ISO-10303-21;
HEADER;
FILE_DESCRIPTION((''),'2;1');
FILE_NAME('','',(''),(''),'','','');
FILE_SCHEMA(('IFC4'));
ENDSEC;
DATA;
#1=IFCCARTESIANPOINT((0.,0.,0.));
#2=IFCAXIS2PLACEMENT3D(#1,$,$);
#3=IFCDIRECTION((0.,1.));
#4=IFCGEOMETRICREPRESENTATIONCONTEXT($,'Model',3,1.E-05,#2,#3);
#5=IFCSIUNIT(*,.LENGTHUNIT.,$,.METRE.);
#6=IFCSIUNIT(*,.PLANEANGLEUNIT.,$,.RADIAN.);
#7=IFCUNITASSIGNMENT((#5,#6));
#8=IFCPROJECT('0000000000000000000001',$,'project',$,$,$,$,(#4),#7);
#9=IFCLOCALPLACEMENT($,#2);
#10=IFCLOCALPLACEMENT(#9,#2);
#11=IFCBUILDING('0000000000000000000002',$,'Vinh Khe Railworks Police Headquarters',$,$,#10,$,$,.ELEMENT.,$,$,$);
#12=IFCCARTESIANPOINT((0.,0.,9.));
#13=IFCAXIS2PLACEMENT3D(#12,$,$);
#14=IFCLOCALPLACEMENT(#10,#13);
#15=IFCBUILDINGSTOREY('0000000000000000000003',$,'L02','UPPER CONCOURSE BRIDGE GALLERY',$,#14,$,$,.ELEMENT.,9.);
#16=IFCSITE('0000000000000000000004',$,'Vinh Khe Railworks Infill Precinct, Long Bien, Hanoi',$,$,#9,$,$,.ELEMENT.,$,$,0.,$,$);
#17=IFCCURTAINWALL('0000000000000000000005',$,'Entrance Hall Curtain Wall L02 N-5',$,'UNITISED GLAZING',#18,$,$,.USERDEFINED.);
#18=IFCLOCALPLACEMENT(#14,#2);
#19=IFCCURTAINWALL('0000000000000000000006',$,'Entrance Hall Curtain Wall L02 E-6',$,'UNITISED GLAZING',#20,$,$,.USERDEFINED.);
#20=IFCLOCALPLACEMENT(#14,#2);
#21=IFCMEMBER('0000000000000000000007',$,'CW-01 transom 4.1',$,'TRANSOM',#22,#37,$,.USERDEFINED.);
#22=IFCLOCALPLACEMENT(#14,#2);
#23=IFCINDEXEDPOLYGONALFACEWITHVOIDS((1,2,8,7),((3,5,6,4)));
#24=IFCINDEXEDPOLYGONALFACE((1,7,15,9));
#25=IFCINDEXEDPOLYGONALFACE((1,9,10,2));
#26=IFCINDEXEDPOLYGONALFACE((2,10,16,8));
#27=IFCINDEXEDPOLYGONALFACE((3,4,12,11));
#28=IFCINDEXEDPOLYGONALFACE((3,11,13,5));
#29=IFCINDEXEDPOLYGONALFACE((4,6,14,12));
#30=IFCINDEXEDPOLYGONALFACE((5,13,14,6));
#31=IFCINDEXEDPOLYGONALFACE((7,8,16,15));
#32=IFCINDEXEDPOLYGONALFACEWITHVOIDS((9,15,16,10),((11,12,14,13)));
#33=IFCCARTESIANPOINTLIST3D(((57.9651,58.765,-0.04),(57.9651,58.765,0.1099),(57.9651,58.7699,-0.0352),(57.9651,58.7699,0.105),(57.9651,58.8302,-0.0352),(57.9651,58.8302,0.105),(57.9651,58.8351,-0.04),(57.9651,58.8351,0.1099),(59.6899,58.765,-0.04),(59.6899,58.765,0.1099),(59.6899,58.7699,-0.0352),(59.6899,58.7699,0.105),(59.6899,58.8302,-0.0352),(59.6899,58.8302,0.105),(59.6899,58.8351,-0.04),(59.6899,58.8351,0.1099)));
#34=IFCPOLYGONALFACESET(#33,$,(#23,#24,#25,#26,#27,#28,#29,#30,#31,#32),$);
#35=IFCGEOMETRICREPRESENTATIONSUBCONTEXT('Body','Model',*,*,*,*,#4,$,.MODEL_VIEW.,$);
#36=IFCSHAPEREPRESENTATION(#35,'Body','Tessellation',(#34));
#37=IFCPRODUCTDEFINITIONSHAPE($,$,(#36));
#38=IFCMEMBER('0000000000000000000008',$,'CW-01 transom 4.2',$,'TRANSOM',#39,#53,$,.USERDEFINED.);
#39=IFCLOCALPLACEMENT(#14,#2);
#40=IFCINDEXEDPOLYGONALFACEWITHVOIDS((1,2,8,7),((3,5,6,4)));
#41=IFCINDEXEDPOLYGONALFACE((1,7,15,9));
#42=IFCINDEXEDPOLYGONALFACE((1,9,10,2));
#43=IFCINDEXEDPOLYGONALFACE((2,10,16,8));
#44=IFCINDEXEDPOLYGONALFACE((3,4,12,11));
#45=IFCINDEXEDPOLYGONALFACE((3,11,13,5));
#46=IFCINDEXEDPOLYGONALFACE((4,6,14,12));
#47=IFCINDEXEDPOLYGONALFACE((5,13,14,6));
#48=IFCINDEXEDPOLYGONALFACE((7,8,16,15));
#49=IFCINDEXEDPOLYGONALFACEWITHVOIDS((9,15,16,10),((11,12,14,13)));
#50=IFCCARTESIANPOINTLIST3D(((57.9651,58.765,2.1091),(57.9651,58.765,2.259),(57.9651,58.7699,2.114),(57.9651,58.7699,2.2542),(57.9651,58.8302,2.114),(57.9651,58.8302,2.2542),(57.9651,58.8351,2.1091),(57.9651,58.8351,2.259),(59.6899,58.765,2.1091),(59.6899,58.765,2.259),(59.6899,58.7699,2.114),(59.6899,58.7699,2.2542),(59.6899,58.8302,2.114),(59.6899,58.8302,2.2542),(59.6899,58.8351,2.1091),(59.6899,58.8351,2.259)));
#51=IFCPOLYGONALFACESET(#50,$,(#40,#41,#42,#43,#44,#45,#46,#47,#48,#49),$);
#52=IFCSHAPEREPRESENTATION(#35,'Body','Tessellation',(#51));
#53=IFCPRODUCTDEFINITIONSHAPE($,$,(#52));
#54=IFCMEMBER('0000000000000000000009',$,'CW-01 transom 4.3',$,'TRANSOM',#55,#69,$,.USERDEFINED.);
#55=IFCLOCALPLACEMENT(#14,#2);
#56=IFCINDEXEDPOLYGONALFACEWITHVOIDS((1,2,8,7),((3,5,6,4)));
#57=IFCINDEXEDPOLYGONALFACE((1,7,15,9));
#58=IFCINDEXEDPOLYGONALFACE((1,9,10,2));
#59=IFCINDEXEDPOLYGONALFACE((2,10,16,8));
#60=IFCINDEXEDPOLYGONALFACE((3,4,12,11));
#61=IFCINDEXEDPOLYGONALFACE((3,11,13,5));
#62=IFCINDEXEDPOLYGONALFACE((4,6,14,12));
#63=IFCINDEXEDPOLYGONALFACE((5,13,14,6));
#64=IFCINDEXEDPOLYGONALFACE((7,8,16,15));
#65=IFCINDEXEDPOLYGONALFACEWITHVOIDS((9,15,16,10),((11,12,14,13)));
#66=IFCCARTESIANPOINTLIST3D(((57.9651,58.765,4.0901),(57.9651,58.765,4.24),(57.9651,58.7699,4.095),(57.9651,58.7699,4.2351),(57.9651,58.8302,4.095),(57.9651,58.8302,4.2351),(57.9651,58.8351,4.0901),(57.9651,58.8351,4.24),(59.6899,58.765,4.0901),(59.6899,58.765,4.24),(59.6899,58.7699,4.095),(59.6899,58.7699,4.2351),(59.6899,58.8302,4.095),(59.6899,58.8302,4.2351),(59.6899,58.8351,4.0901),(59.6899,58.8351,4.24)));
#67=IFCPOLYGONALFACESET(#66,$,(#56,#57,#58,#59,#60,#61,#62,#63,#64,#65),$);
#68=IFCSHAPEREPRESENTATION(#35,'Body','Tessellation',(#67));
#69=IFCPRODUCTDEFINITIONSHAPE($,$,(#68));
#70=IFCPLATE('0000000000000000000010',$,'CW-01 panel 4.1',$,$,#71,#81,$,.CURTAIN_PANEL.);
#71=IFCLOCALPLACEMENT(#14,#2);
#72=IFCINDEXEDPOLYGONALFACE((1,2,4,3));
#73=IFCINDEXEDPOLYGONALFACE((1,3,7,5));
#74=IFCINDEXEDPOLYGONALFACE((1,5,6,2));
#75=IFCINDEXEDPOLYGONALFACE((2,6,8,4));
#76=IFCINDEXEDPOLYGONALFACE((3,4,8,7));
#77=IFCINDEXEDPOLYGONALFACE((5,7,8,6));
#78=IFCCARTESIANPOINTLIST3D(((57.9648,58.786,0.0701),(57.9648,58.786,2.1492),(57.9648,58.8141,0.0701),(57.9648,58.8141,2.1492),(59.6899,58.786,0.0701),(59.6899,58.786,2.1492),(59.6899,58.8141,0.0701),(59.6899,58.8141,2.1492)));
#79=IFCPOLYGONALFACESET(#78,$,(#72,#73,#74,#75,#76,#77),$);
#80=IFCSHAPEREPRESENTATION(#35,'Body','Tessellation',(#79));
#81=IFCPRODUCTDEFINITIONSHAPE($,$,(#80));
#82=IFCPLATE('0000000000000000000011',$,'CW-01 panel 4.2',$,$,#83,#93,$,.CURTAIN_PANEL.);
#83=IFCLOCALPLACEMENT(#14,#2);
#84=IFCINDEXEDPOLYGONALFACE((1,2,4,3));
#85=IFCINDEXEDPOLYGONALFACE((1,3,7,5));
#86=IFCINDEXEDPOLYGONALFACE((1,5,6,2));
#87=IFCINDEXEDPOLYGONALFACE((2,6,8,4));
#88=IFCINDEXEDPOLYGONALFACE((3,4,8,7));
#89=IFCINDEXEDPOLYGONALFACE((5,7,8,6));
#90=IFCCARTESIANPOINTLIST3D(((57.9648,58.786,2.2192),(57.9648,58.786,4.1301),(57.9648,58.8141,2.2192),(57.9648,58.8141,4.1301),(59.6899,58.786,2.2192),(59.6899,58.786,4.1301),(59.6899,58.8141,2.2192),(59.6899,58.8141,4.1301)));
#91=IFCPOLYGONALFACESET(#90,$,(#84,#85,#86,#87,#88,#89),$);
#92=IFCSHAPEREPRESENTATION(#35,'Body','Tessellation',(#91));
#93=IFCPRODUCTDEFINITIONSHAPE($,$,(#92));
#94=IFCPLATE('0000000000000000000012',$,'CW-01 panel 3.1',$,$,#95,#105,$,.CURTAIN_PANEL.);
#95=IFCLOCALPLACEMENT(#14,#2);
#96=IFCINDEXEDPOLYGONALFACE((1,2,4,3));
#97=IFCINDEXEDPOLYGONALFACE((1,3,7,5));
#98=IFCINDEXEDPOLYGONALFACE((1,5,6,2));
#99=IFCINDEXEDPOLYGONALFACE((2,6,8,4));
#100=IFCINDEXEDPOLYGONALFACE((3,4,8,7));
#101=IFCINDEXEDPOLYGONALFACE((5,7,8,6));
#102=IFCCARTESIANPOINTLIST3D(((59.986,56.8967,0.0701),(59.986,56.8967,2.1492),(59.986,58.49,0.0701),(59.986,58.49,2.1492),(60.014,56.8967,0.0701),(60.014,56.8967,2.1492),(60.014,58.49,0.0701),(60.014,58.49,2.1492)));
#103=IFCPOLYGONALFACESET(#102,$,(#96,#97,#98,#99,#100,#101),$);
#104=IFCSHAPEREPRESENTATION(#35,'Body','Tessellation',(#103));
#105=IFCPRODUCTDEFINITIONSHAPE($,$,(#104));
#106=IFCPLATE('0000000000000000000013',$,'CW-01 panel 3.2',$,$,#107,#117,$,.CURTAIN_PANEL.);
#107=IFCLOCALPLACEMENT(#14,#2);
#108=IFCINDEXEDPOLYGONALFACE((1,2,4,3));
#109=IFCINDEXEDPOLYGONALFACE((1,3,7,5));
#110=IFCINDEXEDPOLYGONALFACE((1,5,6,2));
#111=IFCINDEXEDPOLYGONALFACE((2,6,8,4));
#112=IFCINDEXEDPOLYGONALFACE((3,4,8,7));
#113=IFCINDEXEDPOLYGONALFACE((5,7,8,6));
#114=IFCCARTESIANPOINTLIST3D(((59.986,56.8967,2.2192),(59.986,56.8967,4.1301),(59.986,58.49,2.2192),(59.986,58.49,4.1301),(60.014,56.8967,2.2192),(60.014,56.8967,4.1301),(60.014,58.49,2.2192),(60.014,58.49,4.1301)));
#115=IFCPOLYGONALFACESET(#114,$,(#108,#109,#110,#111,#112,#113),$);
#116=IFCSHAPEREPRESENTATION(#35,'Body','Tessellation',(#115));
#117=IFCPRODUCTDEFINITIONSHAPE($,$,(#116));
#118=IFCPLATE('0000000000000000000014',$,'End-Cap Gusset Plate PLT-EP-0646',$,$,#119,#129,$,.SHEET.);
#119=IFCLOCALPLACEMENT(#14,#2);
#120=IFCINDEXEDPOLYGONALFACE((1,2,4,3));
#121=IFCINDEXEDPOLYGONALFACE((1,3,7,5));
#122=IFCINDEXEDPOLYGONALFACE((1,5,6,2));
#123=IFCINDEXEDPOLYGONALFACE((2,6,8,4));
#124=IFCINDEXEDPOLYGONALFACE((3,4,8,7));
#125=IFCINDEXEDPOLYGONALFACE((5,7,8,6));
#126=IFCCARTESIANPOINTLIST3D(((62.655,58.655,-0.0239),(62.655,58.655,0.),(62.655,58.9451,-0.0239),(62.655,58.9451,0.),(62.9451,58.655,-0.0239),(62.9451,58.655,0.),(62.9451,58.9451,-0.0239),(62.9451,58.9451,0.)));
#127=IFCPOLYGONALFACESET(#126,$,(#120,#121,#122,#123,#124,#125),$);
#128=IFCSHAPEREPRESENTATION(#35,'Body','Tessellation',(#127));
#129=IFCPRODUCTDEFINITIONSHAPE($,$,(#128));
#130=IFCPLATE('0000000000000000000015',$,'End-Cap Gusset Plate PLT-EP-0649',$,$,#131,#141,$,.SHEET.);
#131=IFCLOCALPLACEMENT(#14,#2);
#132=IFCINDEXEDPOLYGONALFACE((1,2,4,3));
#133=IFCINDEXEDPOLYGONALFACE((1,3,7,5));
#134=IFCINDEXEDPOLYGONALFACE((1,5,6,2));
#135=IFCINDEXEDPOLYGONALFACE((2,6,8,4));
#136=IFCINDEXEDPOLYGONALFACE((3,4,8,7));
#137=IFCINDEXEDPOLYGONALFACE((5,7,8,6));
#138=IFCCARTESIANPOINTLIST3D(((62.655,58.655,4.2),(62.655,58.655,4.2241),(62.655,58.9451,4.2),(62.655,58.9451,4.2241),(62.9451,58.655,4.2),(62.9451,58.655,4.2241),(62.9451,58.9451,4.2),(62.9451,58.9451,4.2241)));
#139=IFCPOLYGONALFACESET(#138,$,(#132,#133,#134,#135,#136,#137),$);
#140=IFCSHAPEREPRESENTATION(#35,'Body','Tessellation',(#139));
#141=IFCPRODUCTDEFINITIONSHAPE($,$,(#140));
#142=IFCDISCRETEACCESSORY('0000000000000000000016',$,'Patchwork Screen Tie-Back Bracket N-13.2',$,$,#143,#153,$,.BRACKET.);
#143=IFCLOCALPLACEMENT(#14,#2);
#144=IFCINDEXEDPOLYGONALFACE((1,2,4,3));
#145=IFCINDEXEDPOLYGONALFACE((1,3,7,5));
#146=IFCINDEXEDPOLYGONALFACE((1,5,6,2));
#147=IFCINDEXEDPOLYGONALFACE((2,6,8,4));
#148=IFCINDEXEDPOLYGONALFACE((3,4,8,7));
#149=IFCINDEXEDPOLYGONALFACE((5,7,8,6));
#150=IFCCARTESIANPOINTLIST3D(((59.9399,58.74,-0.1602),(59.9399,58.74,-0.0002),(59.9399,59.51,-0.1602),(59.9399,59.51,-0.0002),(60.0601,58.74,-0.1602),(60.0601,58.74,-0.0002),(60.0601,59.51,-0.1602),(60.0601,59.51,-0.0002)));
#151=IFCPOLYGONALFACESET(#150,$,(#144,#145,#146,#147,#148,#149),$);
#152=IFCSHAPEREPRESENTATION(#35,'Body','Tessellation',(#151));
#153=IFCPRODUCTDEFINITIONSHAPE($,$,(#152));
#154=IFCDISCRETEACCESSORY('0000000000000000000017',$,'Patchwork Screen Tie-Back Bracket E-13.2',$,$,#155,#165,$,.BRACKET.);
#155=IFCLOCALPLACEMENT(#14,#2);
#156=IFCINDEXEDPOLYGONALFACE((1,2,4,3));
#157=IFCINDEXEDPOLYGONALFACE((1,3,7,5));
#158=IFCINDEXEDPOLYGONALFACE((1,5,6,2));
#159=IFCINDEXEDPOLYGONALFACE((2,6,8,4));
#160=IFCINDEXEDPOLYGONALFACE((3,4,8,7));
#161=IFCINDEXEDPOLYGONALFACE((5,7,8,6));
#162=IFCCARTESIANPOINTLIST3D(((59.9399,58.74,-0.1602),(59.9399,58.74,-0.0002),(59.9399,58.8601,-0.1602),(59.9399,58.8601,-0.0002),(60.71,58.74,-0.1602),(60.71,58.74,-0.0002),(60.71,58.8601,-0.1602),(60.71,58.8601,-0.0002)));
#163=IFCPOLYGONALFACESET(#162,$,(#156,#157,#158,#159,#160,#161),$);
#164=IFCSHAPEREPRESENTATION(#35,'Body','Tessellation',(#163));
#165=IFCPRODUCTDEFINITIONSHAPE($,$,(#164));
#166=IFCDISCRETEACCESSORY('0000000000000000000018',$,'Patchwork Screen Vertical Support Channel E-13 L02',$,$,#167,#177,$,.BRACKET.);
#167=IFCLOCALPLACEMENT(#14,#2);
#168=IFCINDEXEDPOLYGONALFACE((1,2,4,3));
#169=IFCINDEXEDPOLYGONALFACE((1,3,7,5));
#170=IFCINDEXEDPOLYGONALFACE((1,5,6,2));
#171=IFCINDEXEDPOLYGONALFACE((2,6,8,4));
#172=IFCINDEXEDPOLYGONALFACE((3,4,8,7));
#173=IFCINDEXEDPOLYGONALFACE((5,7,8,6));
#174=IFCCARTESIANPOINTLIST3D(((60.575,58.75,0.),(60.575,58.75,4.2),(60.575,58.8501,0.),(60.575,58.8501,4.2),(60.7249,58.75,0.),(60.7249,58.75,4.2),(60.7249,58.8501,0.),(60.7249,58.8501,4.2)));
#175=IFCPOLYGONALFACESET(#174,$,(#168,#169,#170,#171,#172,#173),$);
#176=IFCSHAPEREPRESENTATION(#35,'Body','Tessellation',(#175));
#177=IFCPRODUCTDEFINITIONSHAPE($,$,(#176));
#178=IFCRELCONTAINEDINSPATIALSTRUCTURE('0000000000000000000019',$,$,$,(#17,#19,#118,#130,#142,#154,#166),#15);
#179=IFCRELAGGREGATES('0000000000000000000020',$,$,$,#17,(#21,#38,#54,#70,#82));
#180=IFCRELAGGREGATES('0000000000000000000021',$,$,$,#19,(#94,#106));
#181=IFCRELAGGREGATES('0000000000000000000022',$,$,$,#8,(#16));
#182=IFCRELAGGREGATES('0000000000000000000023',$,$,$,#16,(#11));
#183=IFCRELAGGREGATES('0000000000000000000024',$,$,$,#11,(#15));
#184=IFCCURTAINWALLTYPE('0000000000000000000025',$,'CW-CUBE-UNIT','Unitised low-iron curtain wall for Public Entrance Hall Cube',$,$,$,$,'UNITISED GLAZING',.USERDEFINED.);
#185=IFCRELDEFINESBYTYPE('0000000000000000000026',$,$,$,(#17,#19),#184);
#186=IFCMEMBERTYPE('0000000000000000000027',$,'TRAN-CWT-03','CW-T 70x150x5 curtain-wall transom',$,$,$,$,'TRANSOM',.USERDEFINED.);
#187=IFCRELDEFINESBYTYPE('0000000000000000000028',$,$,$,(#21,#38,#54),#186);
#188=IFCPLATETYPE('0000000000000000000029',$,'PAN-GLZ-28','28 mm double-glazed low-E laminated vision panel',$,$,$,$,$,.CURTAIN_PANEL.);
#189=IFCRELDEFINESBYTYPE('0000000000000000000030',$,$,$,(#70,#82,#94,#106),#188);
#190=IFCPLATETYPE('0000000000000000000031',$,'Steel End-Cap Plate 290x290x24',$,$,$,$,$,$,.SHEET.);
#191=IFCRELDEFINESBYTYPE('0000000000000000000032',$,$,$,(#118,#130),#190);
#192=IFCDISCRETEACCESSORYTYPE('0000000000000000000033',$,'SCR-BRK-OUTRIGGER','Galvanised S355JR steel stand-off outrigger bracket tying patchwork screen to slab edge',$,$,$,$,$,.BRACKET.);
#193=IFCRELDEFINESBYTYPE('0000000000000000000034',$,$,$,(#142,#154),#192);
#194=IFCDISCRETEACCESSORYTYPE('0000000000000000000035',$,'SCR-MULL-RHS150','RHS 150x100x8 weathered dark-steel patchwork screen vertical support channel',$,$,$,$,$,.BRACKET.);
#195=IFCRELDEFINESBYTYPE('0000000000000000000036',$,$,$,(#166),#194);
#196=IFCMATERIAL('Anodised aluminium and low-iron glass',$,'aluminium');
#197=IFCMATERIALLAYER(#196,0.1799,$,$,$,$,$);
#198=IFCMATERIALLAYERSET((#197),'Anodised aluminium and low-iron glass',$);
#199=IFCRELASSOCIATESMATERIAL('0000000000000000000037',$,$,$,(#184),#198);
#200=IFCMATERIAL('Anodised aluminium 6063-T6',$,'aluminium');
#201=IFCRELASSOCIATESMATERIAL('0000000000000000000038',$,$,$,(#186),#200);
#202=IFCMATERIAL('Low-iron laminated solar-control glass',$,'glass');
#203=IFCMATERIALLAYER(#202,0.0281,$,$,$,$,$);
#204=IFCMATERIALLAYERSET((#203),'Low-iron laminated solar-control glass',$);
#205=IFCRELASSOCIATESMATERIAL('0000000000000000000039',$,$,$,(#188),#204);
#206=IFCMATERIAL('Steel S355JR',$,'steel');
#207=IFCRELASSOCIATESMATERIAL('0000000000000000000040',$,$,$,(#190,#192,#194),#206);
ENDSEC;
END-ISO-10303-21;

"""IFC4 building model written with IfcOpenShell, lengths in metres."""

from ifc_helpers import new_model, si_unit, direction, frame, origin, origin_2d, place, context, subcontext, project, spatial, rectangle, hollow_rectangle, extrude, material, layer, layer_set, material_profile, profile_set, type_object, element, aggregate, save


model = new_model("IFC4")

# Units and contexts
model_context = context("Model", 3, precision=1e-05, world=origin(), true_north=direction((0.0, 1.0)))
body_context = subcontext(model_context, "Body", "Model", "MODEL_VIEW")
ifc_project = project(units=[si_unit("LENGTHUNIT", "METRE"), si_unit("PLANEANGLEUNIT", "RADIAN")], contexts=[model_context])

# Site, building, storey
site_placement = place(None, origin())
site = spatial("IfcSite", under=ifc_project, at=site_placement, Name="Vinh Khe Railworks Infill Precinct, Long Bien, Hanoi", CompositionType="ELEMENT", RefElevation=0.0)
building_placement = place(site_placement, origin())
building = spatial("IfcBuilding", under=site, at=building_placement, Name="Vinh Khe Railworks Police Headquarters", CompositionType="ELEMENT")
storey_placement = place(building_placement, frame((0.0, 0.0, 9.0)))
storey = spatial("IfcBuildingStorey", under=building, at=storey_placement, Name="L02", Description="UPPER CONCOURSE BRIDGE GALLERY", CompositionType="ELEMENT", Elevation=9.0)

# Shared definitions
ifc_material_1 = material(Name="Steel S355JR", Category="steel")

# Curtain wall
ifc_material_2 = material(Name="Anodised aluminium and low-iron glass", Category="aluminium")
ifc_layer_1 = layer(ifc_material_2, 0.1799)
ifc_layer_set_1 = layer_set([ifc_layer_1], Name="Anodised aluminium and low-iron glass")
curtain_wall_type = type_object("IfcCurtainWallType", Name="CW-CUBE-UNIT", Description="Unitised low-iron curtain wall for Public Entrance Hall Cube", ElementType="UNITISED GLAZING", PredefinedType="USERDEFINED", material=ifc_layer_set_1)
curtain_wall_1_placement = place(storey_placement, origin())
curtain_wall_1 = element("IfcCurtainWall", 1, at=curtain_wall_1_placement, inside=storey, type_object=curtain_wall_type, Name="Entrance Hall Curtain Wall L02 N-5", ObjectType="UNITISED GLAZING", PredefinedType="USERDEFINED")
ifc_material_3 = material(Name="Anodised aluminium 6063-T6", Category="aluminium")

# Curtain wall
curtain_wall_2_placement = place(storey_placement, origin())
curtain_wall_2 = element("IfcCurtainWall", 2, at=curtain_wall_2_placement, inside=storey, type_object=curtain_wall_type, Name="Entrance Hall Curtain Wall L02 E-6", ObjectType="UNITISED GLAZING", PredefinedType="USERDEFINED")

# Members
ifc_material_profile_1 = material_profile(ifc_material_3, hollow_rectangle(XDim=0.0701, YDim=0.1499, WallThickness=0.0049, at=origin_2d()), Name="CW-T 70x150x5")
ifc_profile_set_1 = profile_set([ifc_material_profile_1], Name="Anodised aluminium 6063-T6")
member_type_1 = type_object("IfcMemberType", Name="TRAN-CWT-03", Description="CW-T 70x150x5 curtain-wall transom", ElementType="TRANSOM", PredefinedType="USERDEFINED", material=ifc_profile_set_1)
member_1_placement = place(storey_placement, frame((57.9651, 58.8, 0.0349), z_axis=(1.0, 0.0, 0.0), x_axis=(0.0, 1.0, 0.0)))
member_1 = element("IfcMember", 3, at=member_1_placement, type_object=member_type_1, Name="CW-01 transom 4.1", ObjectType="TRANSOM", PredefinedType="USERDEFINED", context=body_context, shape_type="SweptSolid", body=[
    extrude(hollow_rectangle(XDim=0.0701, YDim=0.1499, WallThickness=0.0049, at=origin_2d()), origin(), (0.0, 0.0, 1.0), 1.7249),
])
member_2_placement = place(storey_placement, frame((57.9651, 58.8, 2.1841), z_axis=(1.0, 0.0, 0.0), x_axis=(0.0, 1.0, 0.0)))
member_2 = element("IfcMember", 4, at=member_2_placement, type_object=member_type_1, Name="CW-01 transom 4.2", ObjectType="TRANSOM", PredefinedType="USERDEFINED", context=body_context, shape_type="SweptSolid", body=[
    extrude(hollow_rectangle(XDim=0.0701, YDim=0.1499, WallThickness=0.0049, at=origin_2d()), origin(), (0.0, 0.0, 1.0), 1.7249),
])
member_3_placement = place(storey_placement, frame((57.9651, 58.8, 4.165), z_axis=(1.0, 0.0, 0.0), x_axis=(0.0, 1.0, 0.0)))
member_3 = element("IfcMember", 5, at=member_3_placement, type_object=member_type_1, Name="CW-01 transom 4.3", ObjectType="TRANSOM", PredefinedType="USERDEFINED", context=body_context, shape_type="SweptSolid", body=[
    extrude(hollow_rectangle(XDim=0.0701, YDim=0.1499, WallThickness=0.0049, at=origin_2d()), origin(), (0.0, 0.0, 1.0), 1.7249),
])

# Plates
ifc_material_4 = material(Name="Low-iron laminated solar-control glass", Category="glass")
ifc_layer_2 = layer(ifc_material_4, 0.0281)
ifc_layer_set_2 = layer_set([ifc_layer_2], Name="Low-iron laminated solar-control glass")
plate_type_1 = type_object("IfcPlateType", Name="PAN-GLZ-28", Description="28 mm double-glazed low-E laminated vision panel", PredefinedType="CURTAIN_PANEL", material=ifc_layer_set_2)
plate_1_placement = place(storey_placement, frame((58.8274, 58.8, 0.0701), z_axis=(0.0, 0.0, 1.0), x_axis=(1.0, 0.0, 0.0)))
plate_1 = element("IfcPlate", 6, at=plate_1_placement, type_object=plate_type_1, Name="CW-01 panel 4.1", PredefinedType="CURTAIN_PANEL", context=body_context, shape_type="SweptSolid", body=[
    extrude(rectangle(XDim=1.7251, YDim=0.0281, at=origin_2d()), origin(), (0.0, 0.0, 1.0), 2.0791),
])
plate_2_placement = place(storey_placement, frame((58.8274, 58.8, 2.2192), z_axis=(0.0, 0.0, 1.0), x_axis=(1.0, 0.0, 0.0)))
plate_2 = element("IfcPlate", 7, at=plate_2_placement, type_object=plate_type_1, Name="CW-01 panel 4.2", PredefinedType="CURTAIN_PANEL", context=body_context, shape_type="SweptSolid", body=[
    extrude(rectangle(XDim=1.7251, YDim=0.0281, at=origin_2d()), origin(), (0.0, 0.0, 1.0), 1.9109),
])
aggregate(curtain_wall_1, [member_1, member_2, member_3, plate_1, plate_2])
plate_3_placement = place(storey_placement, frame((60.0, 57.6934, 0.0701), z_axis=(0.0, 0.0, 1.0), x_axis=(0.0, 1.0, 0.0)))
plate_3 = element("IfcPlate", 8, at=plate_3_placement, type_object=plate_type_1, Name="CW-01 panel 3.1", PredefinedType="CURTAIN_PANEL", context=body_context, shape_type="SweptSolid", body=[
    extrude(rectangle(XDim=1.5933, YDim=0.0281, at=origin_2d()), origin(), (0.0, 0.0, 1.0), 2.0791),
])
plate_4_placement = place(storey_placement, frame((60.0, 57.6934, 2.2192), z_axis=(0.0, 0.0, 1.0), x_axis=(0.0, 1.0, 0.0)))
plate_4 = element("IfcPlate", 9, at=plate_4_placement, type_object=plate_type_1, Name="CW-01 panel 3.2", PredefinedType="CURTAIN_PANEL", context=body_context, shape_type="SweptSolid", body=[
    extrude(rectangle(XDim=1.5933, YDim=0.0281, at=origin_2d()), origin(), (0.0, 0.0, 1.0), 1.9109),
])
aggregate(curtain_wall_2, [plate_3, plate_4])

# Plates
ifc_material_profile_2 = material_profile(ifc_material_1, rectangle(XDim=0.29, YDim=0.29, at=origin_2d()), Name="PL 290x290")
ifc_profile_set_2 = profile_set([ifc_material_profile_2], Name="Steel S355JR")
plate_type_2 = type_object("IfcPlateType", Name="Steel End-Cap Plate 290x290x24", PredefinedType="SHEET", material=ifc_profile_set_2)
plate_5_placement = place(storey_placement, frame((62.8, 58.8, 0.0), z_axis=(0.0, 0.0, -1.0), x_axis=(1.0, 0.0, 0.0)))
element("IfcPlate", 10, at=plate_5_placement, inside=storey, type_object=plate_type_2, Name="End-Cap Gusset Plate PLT-EP-0646", PredefinedType="SHEET", context=body_context, shape_type="SweptSolid", body=[
    extrude(rectangle(XDim=0.29, YDim=0.29, at=origin_2d()), origin(), (0.0, 0.0, 1.0), 0.0239),
])
plate_6_placement = place(storey_placement, frame((62.8, 58.8, 4.2), z_axis=(0.0, 0.0, 1.0), x_axis=(1.0, 0.0, 0.0)))
element("IfcPlate", 11, at=plate_6_placement, inside=storey, type_object=plate_type_2, Name="End-Cap Gusset Plate PLT-EP-0649", PredefinedType="SHEET", context=body_context, shape_type="SweptSolid", body=[
    extrude(rectangle(XDim=0.29, YDim=0.29, at=origin_2d()), origin(), (0.0, 0.0, 1.0), 0.0242),
])

# Discrete accessories
discrete_accessory_type_1 = type_object("IfcDiscreteAccessoryType", Name="SCR-BRK-OUTRIGGER", Description="Galvanised S355JR steel stand-off outrigger bracket tying patchwork screen to slab edge", PredefinedType="BRACKET", material=ifc_material_1)
discrete_accessory_1_placement = place(storey_placement, frame((60.0, 59.125, -0.1602), z_axis=(0.0, 0.0, 1.0), x_axis=(1.0, 0.0, 0.0)))
element("IfcDiscreteAccessory", 12, at=discrete_accessory_1_placement, inside=storey, type_object=discrete_accessory_type_1, Name="Patchwork Screen Tie-Back Bracket N-13.2", PredefinedType="BRACKET", context=body_context, shape_type="SweptSolid", body=[
    extrude(rectangle(XDim=0.1201, YDim=0.77, at=origin_2d()), origin(), (0.0, 0.0, 1.0), 0.1599),
])
discrete_accessory_2_placement = place(storey_placement, frame((60.325, 58.8, -0.1602), z_axis=(0.0, 0.0, 1.0), x_axis=(1.0, 0.0, 0.0)))
element("IfcDiscreteAccessory", 13, at=discrete_accessory_2_placement, inside=storey, type_object=discrete_accessory_type_1, Name="Patchwork Screen Tie-Back Bracket E-13.2", PredefinedType="BRACKET", context=body_context, shape_type="SweptSolid", body=[
    extrude(rectangle(XDim=0.77, YDim=0.1201, at=origin_2d()), origin(), (0.0, 0.0, 1.0), 0.1599),
])
discrete_accessory_type_2 = type_object("IfcDiscreteAccessoryType", Name="SCR-MULL-RHS150", Description="RHS 150x100x8 weathered dark-steel patchwork screen vertical support channel", PredefinedType="BRACKET", material=ifc_material_1)
discrete_accessory_3_placement = place(storey_placement, frame((60.6499, 58.8, 0.0), z_axis=(0.0, 0.0, 1.0), x_axis=(1.0, 0.0, 0.0)))
element("IfcDiscreteAccessory", 14, at=discrete_accessory_3_placement, inside=storey, type_object=discrete_accessory_type_2, Name="Patchwork Screen Vertical Support Channel E-13 L02", PredefinedType="BRACKET", context=body_context, shape_type="SweptSolid", body=[
    extrude(rectangle(XDim=0.1499, YDim=0.1001, at=origin_2d()), origin(), (0.0, 0.0, 1.0), 4.2),
])

save(model, "model.ifc")
